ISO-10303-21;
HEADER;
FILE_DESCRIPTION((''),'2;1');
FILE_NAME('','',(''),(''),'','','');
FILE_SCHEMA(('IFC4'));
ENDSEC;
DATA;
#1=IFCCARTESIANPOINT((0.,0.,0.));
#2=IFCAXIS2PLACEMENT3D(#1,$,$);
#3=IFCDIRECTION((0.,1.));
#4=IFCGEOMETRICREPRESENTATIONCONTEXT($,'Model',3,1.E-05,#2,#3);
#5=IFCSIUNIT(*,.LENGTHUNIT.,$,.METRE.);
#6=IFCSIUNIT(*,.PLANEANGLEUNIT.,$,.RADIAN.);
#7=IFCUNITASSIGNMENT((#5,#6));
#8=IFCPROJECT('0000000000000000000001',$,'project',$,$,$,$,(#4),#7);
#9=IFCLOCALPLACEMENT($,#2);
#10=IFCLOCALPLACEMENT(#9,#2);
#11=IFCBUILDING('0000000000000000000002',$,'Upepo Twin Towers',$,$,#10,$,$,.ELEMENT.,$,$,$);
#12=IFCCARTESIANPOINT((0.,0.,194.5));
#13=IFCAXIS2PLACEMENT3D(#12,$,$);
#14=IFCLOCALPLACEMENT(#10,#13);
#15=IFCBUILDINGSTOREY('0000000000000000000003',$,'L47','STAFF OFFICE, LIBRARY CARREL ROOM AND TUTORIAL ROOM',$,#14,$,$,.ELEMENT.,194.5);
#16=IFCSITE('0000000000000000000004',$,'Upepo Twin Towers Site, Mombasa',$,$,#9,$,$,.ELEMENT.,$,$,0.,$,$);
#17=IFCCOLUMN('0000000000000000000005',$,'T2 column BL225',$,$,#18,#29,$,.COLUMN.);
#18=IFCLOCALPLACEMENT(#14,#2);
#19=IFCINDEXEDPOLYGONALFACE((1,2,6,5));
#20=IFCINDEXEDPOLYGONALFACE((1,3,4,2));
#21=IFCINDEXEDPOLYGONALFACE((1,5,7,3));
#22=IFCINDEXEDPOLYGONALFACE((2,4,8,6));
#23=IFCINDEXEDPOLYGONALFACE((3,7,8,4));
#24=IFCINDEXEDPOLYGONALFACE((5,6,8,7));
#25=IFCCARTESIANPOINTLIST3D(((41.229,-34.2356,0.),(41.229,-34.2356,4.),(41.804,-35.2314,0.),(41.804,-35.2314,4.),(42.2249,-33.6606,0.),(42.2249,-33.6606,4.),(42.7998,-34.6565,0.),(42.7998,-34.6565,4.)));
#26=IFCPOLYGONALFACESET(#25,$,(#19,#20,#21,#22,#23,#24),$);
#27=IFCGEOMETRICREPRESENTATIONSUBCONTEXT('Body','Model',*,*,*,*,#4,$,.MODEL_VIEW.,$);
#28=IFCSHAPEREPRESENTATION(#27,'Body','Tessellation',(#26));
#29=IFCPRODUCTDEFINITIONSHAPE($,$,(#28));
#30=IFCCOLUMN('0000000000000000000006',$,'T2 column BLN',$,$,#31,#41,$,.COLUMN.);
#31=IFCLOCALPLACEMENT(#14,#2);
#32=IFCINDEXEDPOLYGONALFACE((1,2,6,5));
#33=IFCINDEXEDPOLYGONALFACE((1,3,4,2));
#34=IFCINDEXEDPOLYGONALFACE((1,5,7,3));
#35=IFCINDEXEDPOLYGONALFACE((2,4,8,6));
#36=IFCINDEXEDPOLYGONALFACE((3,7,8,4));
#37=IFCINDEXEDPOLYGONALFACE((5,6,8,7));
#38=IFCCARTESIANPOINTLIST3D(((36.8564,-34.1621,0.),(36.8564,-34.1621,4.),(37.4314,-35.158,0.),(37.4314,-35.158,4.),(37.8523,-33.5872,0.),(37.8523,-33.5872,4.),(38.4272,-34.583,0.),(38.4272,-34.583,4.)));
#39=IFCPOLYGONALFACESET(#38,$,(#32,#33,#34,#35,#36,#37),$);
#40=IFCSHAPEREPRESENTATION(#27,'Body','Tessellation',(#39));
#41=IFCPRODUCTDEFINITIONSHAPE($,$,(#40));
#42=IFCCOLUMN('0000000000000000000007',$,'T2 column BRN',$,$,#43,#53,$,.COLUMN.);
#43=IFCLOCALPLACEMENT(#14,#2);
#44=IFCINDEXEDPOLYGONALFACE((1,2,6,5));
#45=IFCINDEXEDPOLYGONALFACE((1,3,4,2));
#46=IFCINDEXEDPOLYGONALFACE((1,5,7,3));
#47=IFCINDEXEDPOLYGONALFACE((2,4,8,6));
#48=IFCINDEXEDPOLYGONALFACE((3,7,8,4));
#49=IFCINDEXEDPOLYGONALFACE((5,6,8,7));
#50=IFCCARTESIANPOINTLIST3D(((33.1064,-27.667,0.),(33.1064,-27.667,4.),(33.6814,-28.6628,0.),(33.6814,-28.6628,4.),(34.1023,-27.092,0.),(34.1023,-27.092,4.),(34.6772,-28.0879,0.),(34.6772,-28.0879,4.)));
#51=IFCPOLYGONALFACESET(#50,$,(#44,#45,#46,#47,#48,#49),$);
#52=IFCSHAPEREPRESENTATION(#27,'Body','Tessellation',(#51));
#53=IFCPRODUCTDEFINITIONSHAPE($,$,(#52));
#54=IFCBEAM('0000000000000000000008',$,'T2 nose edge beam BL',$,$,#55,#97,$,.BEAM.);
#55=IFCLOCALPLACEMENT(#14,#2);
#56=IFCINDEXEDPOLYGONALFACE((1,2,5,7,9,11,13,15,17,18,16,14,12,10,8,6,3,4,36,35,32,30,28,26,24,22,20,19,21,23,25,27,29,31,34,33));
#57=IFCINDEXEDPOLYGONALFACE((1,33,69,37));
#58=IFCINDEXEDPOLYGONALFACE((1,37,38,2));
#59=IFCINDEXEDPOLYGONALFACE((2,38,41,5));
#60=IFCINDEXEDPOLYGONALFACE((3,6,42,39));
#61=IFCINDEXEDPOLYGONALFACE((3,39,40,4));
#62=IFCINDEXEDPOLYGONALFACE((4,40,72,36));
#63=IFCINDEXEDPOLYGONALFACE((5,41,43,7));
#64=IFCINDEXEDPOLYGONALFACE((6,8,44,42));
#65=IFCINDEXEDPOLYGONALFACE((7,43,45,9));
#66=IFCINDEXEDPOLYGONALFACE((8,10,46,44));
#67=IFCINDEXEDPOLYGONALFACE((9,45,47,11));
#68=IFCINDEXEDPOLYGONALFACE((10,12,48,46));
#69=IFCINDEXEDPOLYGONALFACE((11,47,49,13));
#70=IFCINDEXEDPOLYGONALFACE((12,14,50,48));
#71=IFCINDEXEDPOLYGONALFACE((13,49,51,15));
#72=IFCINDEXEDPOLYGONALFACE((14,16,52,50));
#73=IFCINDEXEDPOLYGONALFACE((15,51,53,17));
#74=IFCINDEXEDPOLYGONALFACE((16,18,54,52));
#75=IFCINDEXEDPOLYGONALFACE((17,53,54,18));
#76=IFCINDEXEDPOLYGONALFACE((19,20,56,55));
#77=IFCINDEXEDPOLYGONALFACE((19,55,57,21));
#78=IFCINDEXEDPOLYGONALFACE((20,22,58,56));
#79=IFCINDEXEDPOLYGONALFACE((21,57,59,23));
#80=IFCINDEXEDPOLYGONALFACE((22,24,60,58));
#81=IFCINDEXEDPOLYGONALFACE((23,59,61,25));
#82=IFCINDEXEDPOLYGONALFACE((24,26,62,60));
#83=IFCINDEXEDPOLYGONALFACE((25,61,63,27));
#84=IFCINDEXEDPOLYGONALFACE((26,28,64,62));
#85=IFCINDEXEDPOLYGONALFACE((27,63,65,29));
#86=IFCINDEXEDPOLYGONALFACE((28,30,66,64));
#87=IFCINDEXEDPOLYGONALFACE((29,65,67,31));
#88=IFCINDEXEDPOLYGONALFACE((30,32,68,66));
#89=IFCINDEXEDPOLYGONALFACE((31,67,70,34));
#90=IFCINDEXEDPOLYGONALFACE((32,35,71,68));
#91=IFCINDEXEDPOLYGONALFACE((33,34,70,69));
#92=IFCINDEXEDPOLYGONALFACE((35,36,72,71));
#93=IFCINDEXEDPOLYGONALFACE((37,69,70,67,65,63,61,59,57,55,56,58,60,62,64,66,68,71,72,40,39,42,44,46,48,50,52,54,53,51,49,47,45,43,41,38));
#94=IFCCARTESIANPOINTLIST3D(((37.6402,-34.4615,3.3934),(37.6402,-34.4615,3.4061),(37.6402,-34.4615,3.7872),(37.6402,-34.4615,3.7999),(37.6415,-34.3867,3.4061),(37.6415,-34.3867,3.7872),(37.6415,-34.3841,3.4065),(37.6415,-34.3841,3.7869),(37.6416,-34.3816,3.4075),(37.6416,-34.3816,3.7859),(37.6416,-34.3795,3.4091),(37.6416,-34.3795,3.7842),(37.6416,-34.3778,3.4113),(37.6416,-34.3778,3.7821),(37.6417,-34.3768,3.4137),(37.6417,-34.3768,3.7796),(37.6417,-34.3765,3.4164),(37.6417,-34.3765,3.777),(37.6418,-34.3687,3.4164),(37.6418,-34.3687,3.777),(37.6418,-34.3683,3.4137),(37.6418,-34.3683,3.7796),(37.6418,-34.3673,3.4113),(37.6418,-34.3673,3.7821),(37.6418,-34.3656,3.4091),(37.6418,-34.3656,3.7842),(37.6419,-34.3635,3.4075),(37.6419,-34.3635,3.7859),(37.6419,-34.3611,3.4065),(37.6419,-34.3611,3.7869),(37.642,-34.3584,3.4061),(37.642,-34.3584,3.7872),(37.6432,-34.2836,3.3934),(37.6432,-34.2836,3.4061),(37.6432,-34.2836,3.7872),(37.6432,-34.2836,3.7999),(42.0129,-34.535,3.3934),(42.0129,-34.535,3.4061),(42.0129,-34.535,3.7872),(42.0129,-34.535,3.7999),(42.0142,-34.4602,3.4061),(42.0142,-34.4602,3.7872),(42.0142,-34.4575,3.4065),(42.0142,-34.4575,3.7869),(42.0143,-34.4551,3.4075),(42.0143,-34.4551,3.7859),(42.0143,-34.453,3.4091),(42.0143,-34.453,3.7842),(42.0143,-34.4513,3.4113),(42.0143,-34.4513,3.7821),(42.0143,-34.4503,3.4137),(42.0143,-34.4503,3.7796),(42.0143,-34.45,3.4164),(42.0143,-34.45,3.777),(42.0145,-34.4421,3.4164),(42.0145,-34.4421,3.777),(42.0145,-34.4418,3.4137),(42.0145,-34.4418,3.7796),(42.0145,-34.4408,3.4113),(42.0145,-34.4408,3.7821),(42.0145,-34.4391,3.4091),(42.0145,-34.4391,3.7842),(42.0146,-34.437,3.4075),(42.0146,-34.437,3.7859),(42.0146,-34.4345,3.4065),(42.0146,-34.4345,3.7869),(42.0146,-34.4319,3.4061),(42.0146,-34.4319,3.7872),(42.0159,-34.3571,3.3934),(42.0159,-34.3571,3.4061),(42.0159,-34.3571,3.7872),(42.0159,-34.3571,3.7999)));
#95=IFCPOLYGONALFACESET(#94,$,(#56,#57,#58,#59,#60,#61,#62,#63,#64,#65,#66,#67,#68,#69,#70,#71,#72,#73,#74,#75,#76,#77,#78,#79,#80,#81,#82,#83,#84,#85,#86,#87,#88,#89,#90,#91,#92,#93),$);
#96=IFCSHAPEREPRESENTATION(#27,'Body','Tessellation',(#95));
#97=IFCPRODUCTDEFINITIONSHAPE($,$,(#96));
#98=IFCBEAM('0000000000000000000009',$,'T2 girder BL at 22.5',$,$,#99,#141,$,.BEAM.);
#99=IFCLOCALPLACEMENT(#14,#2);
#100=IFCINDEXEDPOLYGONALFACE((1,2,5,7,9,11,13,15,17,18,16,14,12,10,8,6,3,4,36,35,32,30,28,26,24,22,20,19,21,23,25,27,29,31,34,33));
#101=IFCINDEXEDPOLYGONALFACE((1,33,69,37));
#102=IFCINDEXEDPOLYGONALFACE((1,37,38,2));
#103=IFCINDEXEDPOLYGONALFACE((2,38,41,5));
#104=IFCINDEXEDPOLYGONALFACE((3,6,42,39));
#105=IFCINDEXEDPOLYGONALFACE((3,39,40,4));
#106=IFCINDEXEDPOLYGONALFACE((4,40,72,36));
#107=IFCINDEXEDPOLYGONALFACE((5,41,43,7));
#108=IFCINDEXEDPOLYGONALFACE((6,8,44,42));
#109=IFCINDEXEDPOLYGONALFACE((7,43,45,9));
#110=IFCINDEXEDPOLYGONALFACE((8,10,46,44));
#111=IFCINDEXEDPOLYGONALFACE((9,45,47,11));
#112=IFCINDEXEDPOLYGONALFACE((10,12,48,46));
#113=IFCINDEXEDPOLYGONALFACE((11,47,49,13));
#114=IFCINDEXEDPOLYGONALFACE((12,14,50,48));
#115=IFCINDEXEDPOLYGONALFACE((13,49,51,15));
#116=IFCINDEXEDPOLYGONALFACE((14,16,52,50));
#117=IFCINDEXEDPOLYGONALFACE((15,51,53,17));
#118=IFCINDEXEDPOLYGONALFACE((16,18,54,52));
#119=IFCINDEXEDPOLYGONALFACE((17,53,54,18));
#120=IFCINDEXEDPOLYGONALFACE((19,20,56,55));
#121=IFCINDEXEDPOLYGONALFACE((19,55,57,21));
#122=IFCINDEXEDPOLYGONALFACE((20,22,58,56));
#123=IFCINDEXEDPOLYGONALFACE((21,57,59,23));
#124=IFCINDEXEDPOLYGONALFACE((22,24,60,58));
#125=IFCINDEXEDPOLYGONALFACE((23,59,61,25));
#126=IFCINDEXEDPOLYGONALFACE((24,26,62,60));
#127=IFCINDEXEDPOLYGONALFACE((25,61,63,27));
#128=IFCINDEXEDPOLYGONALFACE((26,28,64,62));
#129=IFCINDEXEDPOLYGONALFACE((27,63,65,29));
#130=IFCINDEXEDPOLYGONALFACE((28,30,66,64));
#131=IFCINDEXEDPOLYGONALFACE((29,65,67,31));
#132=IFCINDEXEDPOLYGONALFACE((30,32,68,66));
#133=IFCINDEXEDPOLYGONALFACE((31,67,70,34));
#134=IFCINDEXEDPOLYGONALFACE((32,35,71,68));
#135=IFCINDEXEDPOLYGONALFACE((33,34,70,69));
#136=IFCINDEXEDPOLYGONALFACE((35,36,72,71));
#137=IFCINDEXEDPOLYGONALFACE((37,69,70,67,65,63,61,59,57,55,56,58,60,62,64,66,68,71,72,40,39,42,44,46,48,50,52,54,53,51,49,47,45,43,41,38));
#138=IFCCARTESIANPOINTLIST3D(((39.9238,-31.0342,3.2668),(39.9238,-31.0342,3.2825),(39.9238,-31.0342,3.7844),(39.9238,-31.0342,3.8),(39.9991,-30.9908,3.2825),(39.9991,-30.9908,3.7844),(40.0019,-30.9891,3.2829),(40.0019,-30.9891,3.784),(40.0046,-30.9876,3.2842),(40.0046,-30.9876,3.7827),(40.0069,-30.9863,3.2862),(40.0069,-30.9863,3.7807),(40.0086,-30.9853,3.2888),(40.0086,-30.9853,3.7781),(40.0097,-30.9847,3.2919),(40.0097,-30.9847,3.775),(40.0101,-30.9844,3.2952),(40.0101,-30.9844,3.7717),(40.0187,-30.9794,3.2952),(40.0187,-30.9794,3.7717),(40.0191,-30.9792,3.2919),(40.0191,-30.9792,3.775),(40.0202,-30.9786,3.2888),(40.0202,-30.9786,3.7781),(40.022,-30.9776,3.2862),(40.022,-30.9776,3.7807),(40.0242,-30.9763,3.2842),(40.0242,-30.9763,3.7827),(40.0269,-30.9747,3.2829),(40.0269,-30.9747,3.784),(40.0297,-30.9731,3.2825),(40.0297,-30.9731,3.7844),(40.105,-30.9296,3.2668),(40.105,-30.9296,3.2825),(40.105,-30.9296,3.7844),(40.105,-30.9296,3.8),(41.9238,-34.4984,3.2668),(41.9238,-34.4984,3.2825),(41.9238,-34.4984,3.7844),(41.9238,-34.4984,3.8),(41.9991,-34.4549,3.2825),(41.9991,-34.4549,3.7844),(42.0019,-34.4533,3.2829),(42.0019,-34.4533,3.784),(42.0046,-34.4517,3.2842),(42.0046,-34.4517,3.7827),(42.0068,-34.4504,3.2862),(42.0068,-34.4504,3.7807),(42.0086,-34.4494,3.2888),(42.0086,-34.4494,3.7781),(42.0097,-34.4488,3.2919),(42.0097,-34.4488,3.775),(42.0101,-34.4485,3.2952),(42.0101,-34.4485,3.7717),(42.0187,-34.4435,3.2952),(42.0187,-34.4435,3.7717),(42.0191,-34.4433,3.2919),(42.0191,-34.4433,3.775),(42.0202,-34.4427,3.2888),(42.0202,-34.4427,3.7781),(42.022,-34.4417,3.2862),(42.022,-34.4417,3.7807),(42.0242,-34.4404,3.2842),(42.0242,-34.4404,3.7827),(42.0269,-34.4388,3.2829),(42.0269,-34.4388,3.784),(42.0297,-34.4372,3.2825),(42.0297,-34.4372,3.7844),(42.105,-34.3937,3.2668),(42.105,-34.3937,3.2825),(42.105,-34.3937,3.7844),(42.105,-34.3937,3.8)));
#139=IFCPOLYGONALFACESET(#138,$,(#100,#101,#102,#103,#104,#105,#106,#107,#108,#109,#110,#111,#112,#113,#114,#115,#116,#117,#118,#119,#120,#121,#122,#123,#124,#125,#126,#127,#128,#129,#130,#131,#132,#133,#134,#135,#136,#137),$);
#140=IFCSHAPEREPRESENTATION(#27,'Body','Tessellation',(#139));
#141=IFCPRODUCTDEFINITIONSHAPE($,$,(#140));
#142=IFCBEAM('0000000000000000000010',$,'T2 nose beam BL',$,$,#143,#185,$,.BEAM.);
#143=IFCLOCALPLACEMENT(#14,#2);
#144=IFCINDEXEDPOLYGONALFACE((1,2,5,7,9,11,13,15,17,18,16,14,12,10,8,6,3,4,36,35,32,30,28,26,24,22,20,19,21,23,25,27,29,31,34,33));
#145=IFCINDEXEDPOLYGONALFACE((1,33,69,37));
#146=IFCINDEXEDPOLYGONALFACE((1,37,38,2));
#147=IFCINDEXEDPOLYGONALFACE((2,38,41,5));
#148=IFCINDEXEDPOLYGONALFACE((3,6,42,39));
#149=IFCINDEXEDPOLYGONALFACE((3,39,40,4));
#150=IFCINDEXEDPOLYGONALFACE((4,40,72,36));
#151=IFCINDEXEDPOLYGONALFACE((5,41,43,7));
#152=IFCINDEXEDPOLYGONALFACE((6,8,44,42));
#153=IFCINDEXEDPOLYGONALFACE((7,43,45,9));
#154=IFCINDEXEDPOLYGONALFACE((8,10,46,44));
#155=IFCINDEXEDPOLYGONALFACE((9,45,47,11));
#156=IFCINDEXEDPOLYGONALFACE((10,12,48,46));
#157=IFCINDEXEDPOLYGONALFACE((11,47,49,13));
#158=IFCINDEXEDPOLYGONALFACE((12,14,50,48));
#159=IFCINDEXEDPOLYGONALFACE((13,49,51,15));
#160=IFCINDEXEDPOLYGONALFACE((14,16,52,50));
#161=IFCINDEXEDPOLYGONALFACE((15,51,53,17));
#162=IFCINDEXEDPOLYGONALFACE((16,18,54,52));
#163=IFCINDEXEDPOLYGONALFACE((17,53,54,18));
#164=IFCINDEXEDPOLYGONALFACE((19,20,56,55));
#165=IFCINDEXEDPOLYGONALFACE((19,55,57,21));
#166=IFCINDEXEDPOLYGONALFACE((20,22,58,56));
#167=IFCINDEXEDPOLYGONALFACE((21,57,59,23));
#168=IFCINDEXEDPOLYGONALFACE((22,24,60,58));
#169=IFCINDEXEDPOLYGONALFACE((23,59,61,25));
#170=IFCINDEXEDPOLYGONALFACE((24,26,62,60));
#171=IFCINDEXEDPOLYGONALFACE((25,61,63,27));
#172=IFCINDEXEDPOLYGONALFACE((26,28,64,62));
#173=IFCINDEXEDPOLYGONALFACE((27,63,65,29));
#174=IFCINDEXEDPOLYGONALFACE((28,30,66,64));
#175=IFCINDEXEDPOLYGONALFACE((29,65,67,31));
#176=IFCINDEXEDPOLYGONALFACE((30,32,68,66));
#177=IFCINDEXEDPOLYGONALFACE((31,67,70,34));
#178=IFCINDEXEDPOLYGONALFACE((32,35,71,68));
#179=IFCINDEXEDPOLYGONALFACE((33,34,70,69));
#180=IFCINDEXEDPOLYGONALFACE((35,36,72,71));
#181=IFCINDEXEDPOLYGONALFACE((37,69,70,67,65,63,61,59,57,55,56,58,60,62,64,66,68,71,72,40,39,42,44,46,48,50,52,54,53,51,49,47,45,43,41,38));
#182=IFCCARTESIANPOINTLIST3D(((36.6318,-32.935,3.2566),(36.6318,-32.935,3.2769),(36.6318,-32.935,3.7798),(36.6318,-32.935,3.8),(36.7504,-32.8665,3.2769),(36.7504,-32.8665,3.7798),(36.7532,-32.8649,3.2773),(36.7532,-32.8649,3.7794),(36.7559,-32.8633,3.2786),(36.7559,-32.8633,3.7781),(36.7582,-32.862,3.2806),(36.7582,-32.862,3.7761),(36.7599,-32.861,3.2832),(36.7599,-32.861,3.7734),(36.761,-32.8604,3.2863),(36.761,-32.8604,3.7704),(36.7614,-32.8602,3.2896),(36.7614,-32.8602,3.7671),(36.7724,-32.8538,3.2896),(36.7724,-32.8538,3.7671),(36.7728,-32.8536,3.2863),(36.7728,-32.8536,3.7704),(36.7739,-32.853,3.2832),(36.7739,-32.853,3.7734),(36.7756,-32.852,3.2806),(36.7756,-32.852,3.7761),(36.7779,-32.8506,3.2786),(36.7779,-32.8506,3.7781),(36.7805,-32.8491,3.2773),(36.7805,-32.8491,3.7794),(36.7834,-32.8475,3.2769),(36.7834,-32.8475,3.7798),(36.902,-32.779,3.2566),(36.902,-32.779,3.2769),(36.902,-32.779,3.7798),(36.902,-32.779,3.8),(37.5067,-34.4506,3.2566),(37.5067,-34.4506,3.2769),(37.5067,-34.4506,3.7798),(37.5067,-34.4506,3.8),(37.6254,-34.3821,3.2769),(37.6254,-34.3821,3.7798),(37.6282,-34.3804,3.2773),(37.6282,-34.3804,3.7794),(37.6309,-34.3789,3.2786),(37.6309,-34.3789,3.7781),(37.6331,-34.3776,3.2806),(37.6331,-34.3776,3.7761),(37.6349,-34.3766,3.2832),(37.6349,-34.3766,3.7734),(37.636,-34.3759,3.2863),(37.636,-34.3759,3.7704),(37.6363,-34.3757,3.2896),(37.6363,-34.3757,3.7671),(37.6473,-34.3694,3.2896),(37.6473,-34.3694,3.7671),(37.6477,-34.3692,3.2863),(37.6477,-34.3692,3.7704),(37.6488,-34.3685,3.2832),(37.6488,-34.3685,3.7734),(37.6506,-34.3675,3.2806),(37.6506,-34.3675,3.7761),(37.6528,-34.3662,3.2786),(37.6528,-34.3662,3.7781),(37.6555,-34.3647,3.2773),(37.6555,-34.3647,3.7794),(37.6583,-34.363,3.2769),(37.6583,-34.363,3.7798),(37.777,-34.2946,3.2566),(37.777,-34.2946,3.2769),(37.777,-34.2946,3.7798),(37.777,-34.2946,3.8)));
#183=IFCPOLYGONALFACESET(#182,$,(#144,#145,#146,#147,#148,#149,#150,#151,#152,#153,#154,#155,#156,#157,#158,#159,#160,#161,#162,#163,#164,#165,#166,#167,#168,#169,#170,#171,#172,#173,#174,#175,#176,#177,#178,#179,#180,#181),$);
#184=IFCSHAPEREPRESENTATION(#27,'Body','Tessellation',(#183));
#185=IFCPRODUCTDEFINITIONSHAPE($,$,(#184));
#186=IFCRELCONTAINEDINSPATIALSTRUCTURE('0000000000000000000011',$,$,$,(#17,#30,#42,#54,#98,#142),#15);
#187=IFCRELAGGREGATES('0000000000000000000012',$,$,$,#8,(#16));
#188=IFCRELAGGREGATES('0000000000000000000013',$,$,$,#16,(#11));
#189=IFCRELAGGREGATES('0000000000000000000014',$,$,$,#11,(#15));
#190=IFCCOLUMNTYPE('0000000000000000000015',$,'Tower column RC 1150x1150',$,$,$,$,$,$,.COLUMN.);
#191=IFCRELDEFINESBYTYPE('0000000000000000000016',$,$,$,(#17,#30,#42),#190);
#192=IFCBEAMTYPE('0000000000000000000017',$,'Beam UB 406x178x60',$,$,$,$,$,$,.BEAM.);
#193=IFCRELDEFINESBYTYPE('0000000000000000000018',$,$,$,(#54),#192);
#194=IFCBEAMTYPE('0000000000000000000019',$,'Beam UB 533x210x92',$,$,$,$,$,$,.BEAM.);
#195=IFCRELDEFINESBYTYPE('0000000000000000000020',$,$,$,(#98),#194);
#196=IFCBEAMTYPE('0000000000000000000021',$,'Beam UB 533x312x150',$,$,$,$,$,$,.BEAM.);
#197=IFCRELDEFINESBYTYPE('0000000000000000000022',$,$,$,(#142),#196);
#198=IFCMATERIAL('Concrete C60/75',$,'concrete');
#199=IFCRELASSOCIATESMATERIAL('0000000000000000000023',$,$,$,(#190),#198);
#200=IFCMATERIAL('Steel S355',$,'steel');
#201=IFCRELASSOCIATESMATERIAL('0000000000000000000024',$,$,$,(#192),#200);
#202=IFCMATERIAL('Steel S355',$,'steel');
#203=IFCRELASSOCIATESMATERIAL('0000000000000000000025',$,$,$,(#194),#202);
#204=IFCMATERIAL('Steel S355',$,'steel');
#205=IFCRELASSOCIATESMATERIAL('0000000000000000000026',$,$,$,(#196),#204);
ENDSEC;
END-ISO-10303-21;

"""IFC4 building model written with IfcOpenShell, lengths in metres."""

from ifc_helpers import new_model, si_unit, direction, frame, origin, origin_2d, place, context, subcontext, project, spatial, rectangle, i_section, extrude, material, material_profile, profile_set, type_object, element, save


model = new_model("IFC4")

# Units and contexts
model_context = context("Model", 3, precision=1e-05, world=origin(), true_north=direction((0.0, 1.0)))
body_context = subcontext(model_context, "Body", "Model", "MODEL_VIEW")
ifc_project = project(units=[si_unit("LENGTHUNIT", "METRE"), si_unit("PLANEANGLEUNIT", "RADIAN")], contexts=[model_context])

# Site, building, storey
site_placement = place(None, origin())
site = spatial("IfcSite", under=ifc_project, at=site_placement, Name="Upepo Twin Towers Site, Mombasa", CompositionType="ELEMENT", RefElevation=0.0)
building_placement = place(site_placement, origin())
building = spatial("IfcBuilding", under=site, at=building_placement, Name="Upepo Twin Towers", CompositionType="ELEMENT")
storey_placement = place(building_placement, frame((0.0, 0.0, 194.5)))
storey = spatial("IfcBuildingStorey", under=building, at=storey_placement, Name="L47", Description="STAFF OFFICE, LIBRARY CARREL ROOM AND TUTORIAL ROOM", CompositionType="ELEMENT", Elevation=194.5)

# Columns
ifc_material_1 = material(Name="Concrete C60/75", Category="concrete")
ifc_material_profile_1 = material_profile(ifc_material_1, rectangle(XDim=1.1499, YDim=1.1499, at=origin_2d()), Name="RC 1150x1150")
ifc_profile_set_1 = profile_set([ifc_material_profile_1], Name="Concrete C60/75")
column_type = type_object("IfcColumnType", Name="Tower column RC 1150x1150", PredefinedType="COLUMN", material=ifc_profile_set_1)
for number, where, z_axis, x_axis, name in (
    (1, (42.0144, -34.446, 0.0), (0.0, 0.0, 1.0), (0.866025, 0.5, 0.0), "T2 column BL225"),
    (2, (37.6418, -34.3726, 0.0), (0.0, 0.0, 1.0), (0.866025, 0.5, 0.0), "T2 column BLN"),
    (3, (33.8918, -27.8774, 0.0), (0.0, 0.0, 1.0), (0.866025, 0.5, 0.0), "T2 column BRN"),
):
    element("IfcColumn", number, at=place(storey_placement, frame(where, z_axis=z_axis, x_axis=x_axis)), inside=storey, type_object=column_type, Name=name, PredefinedType="COLUMN", context=body_context, shape_type="SweptSolid", body=[
        extrude(rectangle(XDim=1.1499, YDim=1.1499, at=origin_2d()), origin(), (0.0, 0.0, 1.0), 4.0),
    ])

# Beams
ifc_material_2 = material(Name="Steel S355", Category="steel")
ifc_material_profile_2 = material_profile(ifc_material_2, i_section(OverallWidth=0.178, OverallDepth=0.4065, WebThickness=0.0078, FlangeThickness=0.0127, FilletRadius=0.0103, at=origin_2d()), Name="UB 406x178x60")
ifc_profile_set_2 = profile_set([ifc_material_profile_2], Name="Steel S355")
beam_type_1 = type_object("IfcBeamType", Name="Beam UB 406x178x60", PredefinedType="BEAM", material=ifc_profile_set_2)
beam_1_placement = place(storey_placement, frame((42.0144, -34.446, 3.5967), z_axis=(-0.999859, 0.016804, 0.0), x_axis=(-0.016804, -0.999859, 0.0)))
element("IfcBeam", 4, at=beam_1_placement, inside=storey, type_object=beam_type_1, Name="T2 nose edge beam BL", PredefinedType="BEAM", context=body_context, shape_type="SweptSolid", body=[
    extrude(i_section(OverallWidth=0.178, OverallDepth=0.4065, WebThickness=0.0078, FlangeThickness=0.0127, FilletRadius=0.0103, at=origin_2d()), origin(), (0.0, 0.0, 1.0), 4.3733),
])
ifc_material_3 = material(Name="Steel S355", Category="steel")
ifc_material_profile_3 = material_profile(ifc_material_3, i_section(OverallWidth=0.2092, OverallDepth=0.5332, WebThickness=0.01, FlangeThickness=0.0156, FilletRadius=0.0127, at=origin_2d()), Name="UB 533x210x92")
ifc_profile_set_3 = profile_set([ifc_material_profile_3], Name="Steel S355")
beam_type_2 = type_object("IfcBeamType", Name="Beam UB 533x210x92", PredefinedType="BEAM", material=ifc_profile_set_3)
beam_2_placement = place(storey_placement, frame((42.0144, -34.446, 3.5334), z_axis=(-0.499999, 0.866026, 0.0), x_axis=(-0.866026, -0.499999, 0.0)))
element("IfcBeam", 5, at=beam_2_placement, inside=storey, type_object=beam_type_2, Name="T2 girder BL at 22.5", PredefinedType="BEAM", context=body_context, shape_type="SweptSolid", body=[
    extrude(i_section(OverallWidth=0.2092, OverallDepth=0.5332, WebThickness=0.01, FlangeThickness=0.0156, FilletRadius=0.0127, at=origin_2d()), origin(), (0.0, 0.0, 1.0), 4.0),
])
ifc_material_4 = material(Name="Steel S355", Category="steel")
ifc_material_profile_4 = material_profile(ifc_material_4, i_section(OverallWidth=0.312, OverallDepth=0.5435, WebThickness=0.0127, FlangeThickness=0.0203, FilletRadius=0.0127, at=origin_2d()), Name="UB 533x312x150")
ifc_profile_set_4 = profile_set([ifc_material_profile_4], Name="Steel S355")
beam_type_3 = type_object("IfcBeamType", Name="Beam UB 533x312x150", PredefinedType="BEAM", material=ifc_profile_set_4)
for number, where, z_axis, x_axis, name in (
    (6, (37.6418, -34.3726, 3.5283), (-0.49998, 0.866037, 0.0), (-0.866037, -0.49998, 0.0), "T2 nose beam BL"),
):
    element("IfcBeam", number, at=place(storey_placement, frame(where, z_axis=z_axis, x_axis=x_axis)), inside=storey, type_object=beam_type_3, Name=name, PredefinedType="BEAM", context=body_context, shape_type="SweptSolid", body=[
        extrude(i_section(OverallWidth=0.312, OverallDepth=0.5435, WebThickness=0.0127, FlangeThickness=0.0203, FilletRadius=0.0127, at=origin_2d()), origin(), (0.0, 0.0, 1.0), 1.75),
    ])

save(model, "model.ifc")
